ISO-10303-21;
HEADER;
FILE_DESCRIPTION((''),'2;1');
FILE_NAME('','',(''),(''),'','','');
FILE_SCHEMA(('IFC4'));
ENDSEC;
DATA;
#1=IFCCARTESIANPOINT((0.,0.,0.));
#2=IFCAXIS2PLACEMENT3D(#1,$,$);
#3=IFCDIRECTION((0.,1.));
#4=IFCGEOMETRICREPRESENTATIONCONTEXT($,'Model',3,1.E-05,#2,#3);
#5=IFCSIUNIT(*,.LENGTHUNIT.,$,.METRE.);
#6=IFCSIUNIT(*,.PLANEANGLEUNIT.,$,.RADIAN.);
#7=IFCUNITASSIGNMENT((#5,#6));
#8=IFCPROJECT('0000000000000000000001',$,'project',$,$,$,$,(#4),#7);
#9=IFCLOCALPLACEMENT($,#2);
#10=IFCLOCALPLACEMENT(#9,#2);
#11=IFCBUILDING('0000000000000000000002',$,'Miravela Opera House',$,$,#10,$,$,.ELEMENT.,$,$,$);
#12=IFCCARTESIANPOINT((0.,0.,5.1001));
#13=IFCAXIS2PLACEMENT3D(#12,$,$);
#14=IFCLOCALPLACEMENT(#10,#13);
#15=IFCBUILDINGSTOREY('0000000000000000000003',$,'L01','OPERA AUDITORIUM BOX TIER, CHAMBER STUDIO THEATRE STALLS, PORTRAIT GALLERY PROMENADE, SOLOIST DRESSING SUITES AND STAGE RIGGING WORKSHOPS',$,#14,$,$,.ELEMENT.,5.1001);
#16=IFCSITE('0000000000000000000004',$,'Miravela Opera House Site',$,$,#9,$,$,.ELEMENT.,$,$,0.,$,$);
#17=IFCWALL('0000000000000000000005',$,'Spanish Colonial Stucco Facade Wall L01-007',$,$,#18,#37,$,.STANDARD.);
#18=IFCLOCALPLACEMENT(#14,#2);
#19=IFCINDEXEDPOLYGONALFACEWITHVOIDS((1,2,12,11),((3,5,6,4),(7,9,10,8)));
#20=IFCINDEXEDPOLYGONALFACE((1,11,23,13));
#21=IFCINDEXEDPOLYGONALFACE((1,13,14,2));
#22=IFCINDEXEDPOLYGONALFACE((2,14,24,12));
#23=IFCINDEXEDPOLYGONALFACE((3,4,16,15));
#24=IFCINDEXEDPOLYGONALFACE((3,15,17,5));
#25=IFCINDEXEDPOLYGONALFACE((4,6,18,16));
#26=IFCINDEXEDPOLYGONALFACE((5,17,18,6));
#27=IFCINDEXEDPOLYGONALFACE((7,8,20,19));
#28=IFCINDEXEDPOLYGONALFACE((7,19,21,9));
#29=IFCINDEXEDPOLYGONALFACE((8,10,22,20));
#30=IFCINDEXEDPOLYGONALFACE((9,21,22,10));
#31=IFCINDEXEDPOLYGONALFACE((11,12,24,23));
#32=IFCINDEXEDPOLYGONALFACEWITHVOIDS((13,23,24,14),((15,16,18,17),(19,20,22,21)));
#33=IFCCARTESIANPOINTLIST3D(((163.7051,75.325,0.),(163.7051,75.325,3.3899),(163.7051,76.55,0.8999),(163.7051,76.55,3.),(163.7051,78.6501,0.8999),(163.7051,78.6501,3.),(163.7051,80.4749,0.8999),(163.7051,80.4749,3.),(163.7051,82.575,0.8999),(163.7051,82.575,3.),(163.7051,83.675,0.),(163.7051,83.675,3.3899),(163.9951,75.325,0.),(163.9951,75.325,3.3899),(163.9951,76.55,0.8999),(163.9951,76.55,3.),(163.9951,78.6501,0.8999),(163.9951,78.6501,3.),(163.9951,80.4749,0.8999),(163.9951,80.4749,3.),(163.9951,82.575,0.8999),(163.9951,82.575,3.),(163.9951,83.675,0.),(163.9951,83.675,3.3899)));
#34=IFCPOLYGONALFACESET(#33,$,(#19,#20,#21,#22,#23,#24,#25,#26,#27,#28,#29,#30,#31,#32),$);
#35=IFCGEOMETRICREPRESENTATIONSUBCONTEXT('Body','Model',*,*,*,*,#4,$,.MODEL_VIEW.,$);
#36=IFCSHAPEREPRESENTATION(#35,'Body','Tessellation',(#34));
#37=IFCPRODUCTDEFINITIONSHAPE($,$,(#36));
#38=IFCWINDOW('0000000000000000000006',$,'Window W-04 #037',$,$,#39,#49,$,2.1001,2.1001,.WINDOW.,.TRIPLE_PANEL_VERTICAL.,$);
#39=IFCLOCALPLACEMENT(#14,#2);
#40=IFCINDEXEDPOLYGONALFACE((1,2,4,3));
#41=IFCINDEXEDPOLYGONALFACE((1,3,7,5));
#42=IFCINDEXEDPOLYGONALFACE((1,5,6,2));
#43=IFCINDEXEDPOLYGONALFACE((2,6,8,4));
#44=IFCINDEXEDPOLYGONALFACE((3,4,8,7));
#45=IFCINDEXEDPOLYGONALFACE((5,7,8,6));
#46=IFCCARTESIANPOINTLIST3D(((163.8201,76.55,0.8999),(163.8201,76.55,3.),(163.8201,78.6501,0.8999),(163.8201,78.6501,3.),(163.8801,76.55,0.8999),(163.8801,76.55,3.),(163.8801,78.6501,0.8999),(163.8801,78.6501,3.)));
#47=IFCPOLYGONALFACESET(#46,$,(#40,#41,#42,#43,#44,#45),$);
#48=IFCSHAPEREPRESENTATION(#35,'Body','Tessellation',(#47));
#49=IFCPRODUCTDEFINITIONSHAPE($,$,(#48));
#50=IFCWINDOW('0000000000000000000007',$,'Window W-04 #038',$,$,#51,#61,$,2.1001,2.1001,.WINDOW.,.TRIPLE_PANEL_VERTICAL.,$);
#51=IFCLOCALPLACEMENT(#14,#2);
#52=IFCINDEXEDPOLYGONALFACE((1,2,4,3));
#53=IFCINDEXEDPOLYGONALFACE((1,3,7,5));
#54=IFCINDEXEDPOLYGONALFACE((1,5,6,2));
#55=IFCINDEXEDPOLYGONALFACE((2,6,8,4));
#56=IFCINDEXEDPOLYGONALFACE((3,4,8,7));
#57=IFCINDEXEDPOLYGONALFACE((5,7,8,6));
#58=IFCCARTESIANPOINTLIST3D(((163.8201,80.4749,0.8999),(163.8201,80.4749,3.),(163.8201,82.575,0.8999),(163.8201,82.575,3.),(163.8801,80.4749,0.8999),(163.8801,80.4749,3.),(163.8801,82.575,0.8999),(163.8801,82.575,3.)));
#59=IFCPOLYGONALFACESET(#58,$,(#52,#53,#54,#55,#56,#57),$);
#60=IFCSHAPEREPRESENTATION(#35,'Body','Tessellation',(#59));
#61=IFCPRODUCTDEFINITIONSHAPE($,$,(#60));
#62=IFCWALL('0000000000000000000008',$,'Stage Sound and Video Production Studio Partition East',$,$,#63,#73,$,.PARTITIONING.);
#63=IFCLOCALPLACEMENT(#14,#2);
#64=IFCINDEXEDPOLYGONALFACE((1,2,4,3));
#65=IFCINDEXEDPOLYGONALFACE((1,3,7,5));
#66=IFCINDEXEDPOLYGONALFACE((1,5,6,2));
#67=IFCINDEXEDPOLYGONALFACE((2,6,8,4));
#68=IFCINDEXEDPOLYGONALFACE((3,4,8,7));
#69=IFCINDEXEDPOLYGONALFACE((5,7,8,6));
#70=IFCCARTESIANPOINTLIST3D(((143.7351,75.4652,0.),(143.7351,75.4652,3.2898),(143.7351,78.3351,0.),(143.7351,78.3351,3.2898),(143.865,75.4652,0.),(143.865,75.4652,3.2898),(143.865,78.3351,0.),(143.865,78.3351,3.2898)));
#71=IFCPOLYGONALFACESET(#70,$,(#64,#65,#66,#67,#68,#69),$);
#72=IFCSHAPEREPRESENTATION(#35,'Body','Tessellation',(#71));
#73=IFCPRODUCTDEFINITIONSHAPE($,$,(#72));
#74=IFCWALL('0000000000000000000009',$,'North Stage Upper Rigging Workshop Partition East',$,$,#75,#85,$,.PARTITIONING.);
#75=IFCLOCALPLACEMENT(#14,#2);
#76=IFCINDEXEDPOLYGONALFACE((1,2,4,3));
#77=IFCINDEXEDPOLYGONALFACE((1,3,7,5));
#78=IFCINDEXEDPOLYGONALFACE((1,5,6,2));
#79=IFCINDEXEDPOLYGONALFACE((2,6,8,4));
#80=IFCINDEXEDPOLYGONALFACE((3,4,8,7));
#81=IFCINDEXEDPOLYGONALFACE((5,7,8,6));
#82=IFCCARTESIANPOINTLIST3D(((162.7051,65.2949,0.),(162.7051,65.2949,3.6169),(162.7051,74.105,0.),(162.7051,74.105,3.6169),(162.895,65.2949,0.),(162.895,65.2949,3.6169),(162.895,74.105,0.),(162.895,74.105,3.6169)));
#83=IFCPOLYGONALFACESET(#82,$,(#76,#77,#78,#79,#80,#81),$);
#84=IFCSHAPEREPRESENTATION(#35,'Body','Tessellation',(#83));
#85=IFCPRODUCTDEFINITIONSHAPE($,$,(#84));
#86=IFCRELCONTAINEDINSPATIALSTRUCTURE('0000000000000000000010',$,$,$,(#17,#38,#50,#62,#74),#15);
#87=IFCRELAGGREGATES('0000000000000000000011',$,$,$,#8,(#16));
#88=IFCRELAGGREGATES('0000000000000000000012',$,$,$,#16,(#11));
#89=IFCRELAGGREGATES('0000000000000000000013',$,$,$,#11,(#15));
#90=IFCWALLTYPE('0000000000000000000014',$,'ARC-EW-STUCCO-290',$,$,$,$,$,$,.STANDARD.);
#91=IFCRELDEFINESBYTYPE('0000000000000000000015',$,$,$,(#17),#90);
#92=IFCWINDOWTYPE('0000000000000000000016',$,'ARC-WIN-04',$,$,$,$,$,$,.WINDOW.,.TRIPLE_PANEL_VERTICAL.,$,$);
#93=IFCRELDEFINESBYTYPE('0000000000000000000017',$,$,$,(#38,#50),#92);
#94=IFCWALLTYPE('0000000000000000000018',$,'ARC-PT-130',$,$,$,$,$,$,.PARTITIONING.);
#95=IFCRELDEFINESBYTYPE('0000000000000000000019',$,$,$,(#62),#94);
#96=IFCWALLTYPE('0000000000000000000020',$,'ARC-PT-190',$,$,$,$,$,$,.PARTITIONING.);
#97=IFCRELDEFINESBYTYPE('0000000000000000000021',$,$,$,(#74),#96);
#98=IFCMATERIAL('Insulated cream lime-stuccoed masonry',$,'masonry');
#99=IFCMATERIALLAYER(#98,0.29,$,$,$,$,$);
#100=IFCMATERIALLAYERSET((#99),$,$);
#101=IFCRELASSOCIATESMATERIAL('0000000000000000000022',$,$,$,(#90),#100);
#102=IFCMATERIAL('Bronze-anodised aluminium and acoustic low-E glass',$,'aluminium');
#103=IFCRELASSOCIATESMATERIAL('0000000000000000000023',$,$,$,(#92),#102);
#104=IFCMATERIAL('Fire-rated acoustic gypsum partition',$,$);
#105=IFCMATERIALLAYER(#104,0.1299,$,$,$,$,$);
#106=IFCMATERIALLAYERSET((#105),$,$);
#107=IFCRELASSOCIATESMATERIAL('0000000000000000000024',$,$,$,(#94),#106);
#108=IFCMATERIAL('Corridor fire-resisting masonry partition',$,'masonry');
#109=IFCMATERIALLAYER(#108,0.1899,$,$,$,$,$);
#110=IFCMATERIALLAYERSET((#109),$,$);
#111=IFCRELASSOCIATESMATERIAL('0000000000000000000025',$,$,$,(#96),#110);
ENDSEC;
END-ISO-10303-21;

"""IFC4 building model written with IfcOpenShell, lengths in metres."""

from ifc_helpers import new_model, si_unit, direction, frame, frame_2d, origin, place, context, subcontext, project, spatial, rectangle, extrude, material, layer, layer_set, type_object, element, fill, save


model = new_model("IFC4")

# Units and contexts
model_context = context("Model", 3, precision=1e-05, world=origin(), true_north=direction((0.0, 1.0)))
body_context = subcontext(model_context, "Body", "Model", "MODEL_VIEW")
ifc_project = project(units=[si_unit("LENGTHUNIT", "METRE"), si_unit("PLANEANGLEUNIT", "RADIAN")], contexts=[model_context])

# Site, building, storey
site_placement = place(None, origin())
site = spatial("IfcSite", under=ifc_project, at=site_placement, Name="Miravela Opera House Site", CompositionType="ELEMENT", RefElevation=0.0)
building_placement = place(site_placement, origin())
building = spatial("IfcBuilding", under=site, at=building_placement, Name="Miravela Opera House", CompositionType="ELEMENT")
storey_placement = place(building_placement, frame((0.0, 0.0, 5.1001)))
storey = spatial("IfcBuildingStorey", under=building, at=storey_placement, Name="L01", Description="OPERA AUDITORIUM BOX TIER, CHAMBER STUDIO THEATRE STALLS, PORTRAIT GALLERY PROMENADE, SOLOIST DRESSING SUITES AND STAGE RIGGING WORKSHOPS", CompositionType="ELEMENT", Elevation=5.1001)

# Wall, openings, windows
ifc_material_1 = material(Name="Insulated cream lime-stuccoed masonry", Category="masonry")
ifc_layer_1 = layer(ifc_material_1, 0.29)
ifc_layer_set_1 = layer_set([ifc_layer_1])
wall_type_1 = type_object("IfcWallType", Name="ARC-EW-STUCCO-290", PredefinedType="STANDARD", material=ifc_layer_set_1)
ifc_material_2 = material(Name="Bronze-anodised aluminium and acoustic low-E glass", Category="aluminium")
wall_1_placement = place(storey_placement, frame((163.8501, 75.325, 0.0), z_axis=(0.0, 0.0, 1.0), x_axis=(0.0, 1.0, 0.0)))
wall_1 = element("IfcWall", 1, at=wall_1_placement, inside=storey, type_object=wall_type_1, Name="Spanish Colonial Stucco Facade Wall L01-007", PredefinedType="STANDARD", context=body_context, shape_type="SweptSolid", body=[
    extrude(rectangle(XDim=8.3501, YDim=0.29, at=frame_2d((4.175, 0.0))), origin(), (0.0, 0.0, 1.0), 3.3899),
])
opening_1_placement = place(wall_1_placement, frame((1.2251, 0.0, 0.8999)))
opening_1 = element("IfcOpeningElement", 2, at=opening_1_placement, cuts=wall_1, PredefinedType="OPENING", context=body_context, shape_type="SweptSolid", body=[
    extrude(rectangle(XDim=2.1001, YDim=2.1001, at=frame_2d((1.05, 1.05))), frame((0.0, 0.155, 0.0), z_axis=(0.0, -1.0, 0.0), x_axis=(1.0, 0.0, 0.0)), (0.0, 0.0, 1.0), 0.3101),
])
opening_2_placement = place(wall_1_placement, frame((5.1499, 0.0, 0.8999)))
opening_2 = element("IfcOpeningElement", 3, at=opening_2_placement, cuts=wall_1, PredefinedType="OPENING", context=body_context, shape_type="SweptSolid", body=[
    extrude(rectangle(XDim=2.1001, YDim=2.1001, at=frame_2d((1.05, 1.05))), frame((0.0, 0.155, 0.0), z_axis=(0.0, -1.0, 0.0), x_axis=(1.0, 0.0, 0.0)), (0.0, 0.0, 1.0), 0.3101),
])
window_type_1 = type_object("IfcWindowType", Name="ARC-WIN-04", PartitioningType="TRIPLE_PANEL_VERTICAL", PredefinedType="WINDOW", material=ifc_material_2)
window_1_placement = place(opening_1_placement, origin())
window_1 = element("IfcWindow", 4, at=window_1_placement, inside=storey, type_object=window_type_1, Name="Window W-04 #037", OverallHeight=2.1001, OverallWidth=2.1001, PartitioningType="TRIPLE_PANEL_VERTICAL", PredefinedType="WINDOW", context=body_context, shape_type="SweptSolid", body=[
    extrude(rectangle(XDim=2.1001, YDim=2.1001, at=frame_2d((1.05, 1.05))), frame((0.0, 0.03, 0.0), z_axis=(0.0, -1.0, 0.0), x_axis=(1.0, 0.0, 0.0)), (0.0, 0.0, 1.0), 0.0601),
])
fill(opening_1, window_1)
window_2_placement = place(opening_2_placement, origin())
window_2 = element("IfcWindow", 5, at=window_2_placement, inside=storey, type_object=window_type_1, Name="Window W-04 #038", OverallHeight=2.1001, OverallWidth=2.1001, PartitioningType="TRIPLE_PANEL_VERTICAL", PredefinedType="WINDOW", context=body_context, shape_type="SweptSolid", body=[
    extrude(rectangle(XDim=2.1001, YDim=2.1001, at=frame_2d((1.05, 1.05))), frame((0.0, 0.03, 0.0), z_axis=(0.0, -1.0, 0.0), x_axis=(1.0, 0.0, 0.0)), (0.0, 0.0, 1.0), 0.0601),
])
fill(opening_2, window_2)

# Walls
ifc_material_3 = material(Name="Fire-rated acoustic gypsum partition")
ifc_layer_2 = layer(ifc_material_3, 0.1299)
ifc_layer_set_2 = layer_set([ifc_layer_2])
wall_type_2 = type_object("IfcWallType", Name="ARC-PT-130", PredefinedType="PARTITIONING", material=ifc_layer_set_2)
wall_2_placement = place(storey_placement, frame((143.8, 75.4651, 0.0), z_axis=(0.0, 0.0, 1.0), x_axis=(0.0, 1.0, 0.0)))
element("IfcWall", 6, at=wall_2_placement, inside=storey, type_object=wall_type_2, Name="Stage Sound and Video Production Studio Partition East", PredefinedType="PARTITIONING", context=body_context, shape_type="SweptSolid", body=[
    extrude(rectangle(XDim=2.8699, YDim=0.1299, at=frame_2d((1.4351, 0.0))), origin(), (0.0, 0.0, 1.0), 3.2898),
])
ifc_material_4 = material(Name="Corridor fire-resisting masonry partition", Category="masonry")
ifc_layer_3 = layer(ifc_material_4, 0.1899)
ifc_layer_set_3 = layer_set([ifc_layer_3])
wall_type_3 = type_object("IfcWallType", Name="ARC-PT-190", PredefinedType="PARTITIONING", material=ifc_layer_set_3)
wall_3_placement = place(storey_placement, frame((162.8, 65.2949, 0.0), z_axis=(0.0, 0.0, 1.0), x_axis=(0.0, 1.0, 0.0)))
element("IfcWall", 7, at=wall_3_placement, inside=storey, type_object=wall_type_3, Name="North Stage Upper Rigging Workshop Partition East", PredefinedType="PARTITIONING", context=body_context, shape_type="SweptSolid", body=[
    extrude(rectangle(XDim=8.8101, YDim=0.1899, at=frame_2d((4.405, 0.0))), origin(), (0.0, 0.0, 1.0), 3.6169),
])

save(model, "model.ifc")
